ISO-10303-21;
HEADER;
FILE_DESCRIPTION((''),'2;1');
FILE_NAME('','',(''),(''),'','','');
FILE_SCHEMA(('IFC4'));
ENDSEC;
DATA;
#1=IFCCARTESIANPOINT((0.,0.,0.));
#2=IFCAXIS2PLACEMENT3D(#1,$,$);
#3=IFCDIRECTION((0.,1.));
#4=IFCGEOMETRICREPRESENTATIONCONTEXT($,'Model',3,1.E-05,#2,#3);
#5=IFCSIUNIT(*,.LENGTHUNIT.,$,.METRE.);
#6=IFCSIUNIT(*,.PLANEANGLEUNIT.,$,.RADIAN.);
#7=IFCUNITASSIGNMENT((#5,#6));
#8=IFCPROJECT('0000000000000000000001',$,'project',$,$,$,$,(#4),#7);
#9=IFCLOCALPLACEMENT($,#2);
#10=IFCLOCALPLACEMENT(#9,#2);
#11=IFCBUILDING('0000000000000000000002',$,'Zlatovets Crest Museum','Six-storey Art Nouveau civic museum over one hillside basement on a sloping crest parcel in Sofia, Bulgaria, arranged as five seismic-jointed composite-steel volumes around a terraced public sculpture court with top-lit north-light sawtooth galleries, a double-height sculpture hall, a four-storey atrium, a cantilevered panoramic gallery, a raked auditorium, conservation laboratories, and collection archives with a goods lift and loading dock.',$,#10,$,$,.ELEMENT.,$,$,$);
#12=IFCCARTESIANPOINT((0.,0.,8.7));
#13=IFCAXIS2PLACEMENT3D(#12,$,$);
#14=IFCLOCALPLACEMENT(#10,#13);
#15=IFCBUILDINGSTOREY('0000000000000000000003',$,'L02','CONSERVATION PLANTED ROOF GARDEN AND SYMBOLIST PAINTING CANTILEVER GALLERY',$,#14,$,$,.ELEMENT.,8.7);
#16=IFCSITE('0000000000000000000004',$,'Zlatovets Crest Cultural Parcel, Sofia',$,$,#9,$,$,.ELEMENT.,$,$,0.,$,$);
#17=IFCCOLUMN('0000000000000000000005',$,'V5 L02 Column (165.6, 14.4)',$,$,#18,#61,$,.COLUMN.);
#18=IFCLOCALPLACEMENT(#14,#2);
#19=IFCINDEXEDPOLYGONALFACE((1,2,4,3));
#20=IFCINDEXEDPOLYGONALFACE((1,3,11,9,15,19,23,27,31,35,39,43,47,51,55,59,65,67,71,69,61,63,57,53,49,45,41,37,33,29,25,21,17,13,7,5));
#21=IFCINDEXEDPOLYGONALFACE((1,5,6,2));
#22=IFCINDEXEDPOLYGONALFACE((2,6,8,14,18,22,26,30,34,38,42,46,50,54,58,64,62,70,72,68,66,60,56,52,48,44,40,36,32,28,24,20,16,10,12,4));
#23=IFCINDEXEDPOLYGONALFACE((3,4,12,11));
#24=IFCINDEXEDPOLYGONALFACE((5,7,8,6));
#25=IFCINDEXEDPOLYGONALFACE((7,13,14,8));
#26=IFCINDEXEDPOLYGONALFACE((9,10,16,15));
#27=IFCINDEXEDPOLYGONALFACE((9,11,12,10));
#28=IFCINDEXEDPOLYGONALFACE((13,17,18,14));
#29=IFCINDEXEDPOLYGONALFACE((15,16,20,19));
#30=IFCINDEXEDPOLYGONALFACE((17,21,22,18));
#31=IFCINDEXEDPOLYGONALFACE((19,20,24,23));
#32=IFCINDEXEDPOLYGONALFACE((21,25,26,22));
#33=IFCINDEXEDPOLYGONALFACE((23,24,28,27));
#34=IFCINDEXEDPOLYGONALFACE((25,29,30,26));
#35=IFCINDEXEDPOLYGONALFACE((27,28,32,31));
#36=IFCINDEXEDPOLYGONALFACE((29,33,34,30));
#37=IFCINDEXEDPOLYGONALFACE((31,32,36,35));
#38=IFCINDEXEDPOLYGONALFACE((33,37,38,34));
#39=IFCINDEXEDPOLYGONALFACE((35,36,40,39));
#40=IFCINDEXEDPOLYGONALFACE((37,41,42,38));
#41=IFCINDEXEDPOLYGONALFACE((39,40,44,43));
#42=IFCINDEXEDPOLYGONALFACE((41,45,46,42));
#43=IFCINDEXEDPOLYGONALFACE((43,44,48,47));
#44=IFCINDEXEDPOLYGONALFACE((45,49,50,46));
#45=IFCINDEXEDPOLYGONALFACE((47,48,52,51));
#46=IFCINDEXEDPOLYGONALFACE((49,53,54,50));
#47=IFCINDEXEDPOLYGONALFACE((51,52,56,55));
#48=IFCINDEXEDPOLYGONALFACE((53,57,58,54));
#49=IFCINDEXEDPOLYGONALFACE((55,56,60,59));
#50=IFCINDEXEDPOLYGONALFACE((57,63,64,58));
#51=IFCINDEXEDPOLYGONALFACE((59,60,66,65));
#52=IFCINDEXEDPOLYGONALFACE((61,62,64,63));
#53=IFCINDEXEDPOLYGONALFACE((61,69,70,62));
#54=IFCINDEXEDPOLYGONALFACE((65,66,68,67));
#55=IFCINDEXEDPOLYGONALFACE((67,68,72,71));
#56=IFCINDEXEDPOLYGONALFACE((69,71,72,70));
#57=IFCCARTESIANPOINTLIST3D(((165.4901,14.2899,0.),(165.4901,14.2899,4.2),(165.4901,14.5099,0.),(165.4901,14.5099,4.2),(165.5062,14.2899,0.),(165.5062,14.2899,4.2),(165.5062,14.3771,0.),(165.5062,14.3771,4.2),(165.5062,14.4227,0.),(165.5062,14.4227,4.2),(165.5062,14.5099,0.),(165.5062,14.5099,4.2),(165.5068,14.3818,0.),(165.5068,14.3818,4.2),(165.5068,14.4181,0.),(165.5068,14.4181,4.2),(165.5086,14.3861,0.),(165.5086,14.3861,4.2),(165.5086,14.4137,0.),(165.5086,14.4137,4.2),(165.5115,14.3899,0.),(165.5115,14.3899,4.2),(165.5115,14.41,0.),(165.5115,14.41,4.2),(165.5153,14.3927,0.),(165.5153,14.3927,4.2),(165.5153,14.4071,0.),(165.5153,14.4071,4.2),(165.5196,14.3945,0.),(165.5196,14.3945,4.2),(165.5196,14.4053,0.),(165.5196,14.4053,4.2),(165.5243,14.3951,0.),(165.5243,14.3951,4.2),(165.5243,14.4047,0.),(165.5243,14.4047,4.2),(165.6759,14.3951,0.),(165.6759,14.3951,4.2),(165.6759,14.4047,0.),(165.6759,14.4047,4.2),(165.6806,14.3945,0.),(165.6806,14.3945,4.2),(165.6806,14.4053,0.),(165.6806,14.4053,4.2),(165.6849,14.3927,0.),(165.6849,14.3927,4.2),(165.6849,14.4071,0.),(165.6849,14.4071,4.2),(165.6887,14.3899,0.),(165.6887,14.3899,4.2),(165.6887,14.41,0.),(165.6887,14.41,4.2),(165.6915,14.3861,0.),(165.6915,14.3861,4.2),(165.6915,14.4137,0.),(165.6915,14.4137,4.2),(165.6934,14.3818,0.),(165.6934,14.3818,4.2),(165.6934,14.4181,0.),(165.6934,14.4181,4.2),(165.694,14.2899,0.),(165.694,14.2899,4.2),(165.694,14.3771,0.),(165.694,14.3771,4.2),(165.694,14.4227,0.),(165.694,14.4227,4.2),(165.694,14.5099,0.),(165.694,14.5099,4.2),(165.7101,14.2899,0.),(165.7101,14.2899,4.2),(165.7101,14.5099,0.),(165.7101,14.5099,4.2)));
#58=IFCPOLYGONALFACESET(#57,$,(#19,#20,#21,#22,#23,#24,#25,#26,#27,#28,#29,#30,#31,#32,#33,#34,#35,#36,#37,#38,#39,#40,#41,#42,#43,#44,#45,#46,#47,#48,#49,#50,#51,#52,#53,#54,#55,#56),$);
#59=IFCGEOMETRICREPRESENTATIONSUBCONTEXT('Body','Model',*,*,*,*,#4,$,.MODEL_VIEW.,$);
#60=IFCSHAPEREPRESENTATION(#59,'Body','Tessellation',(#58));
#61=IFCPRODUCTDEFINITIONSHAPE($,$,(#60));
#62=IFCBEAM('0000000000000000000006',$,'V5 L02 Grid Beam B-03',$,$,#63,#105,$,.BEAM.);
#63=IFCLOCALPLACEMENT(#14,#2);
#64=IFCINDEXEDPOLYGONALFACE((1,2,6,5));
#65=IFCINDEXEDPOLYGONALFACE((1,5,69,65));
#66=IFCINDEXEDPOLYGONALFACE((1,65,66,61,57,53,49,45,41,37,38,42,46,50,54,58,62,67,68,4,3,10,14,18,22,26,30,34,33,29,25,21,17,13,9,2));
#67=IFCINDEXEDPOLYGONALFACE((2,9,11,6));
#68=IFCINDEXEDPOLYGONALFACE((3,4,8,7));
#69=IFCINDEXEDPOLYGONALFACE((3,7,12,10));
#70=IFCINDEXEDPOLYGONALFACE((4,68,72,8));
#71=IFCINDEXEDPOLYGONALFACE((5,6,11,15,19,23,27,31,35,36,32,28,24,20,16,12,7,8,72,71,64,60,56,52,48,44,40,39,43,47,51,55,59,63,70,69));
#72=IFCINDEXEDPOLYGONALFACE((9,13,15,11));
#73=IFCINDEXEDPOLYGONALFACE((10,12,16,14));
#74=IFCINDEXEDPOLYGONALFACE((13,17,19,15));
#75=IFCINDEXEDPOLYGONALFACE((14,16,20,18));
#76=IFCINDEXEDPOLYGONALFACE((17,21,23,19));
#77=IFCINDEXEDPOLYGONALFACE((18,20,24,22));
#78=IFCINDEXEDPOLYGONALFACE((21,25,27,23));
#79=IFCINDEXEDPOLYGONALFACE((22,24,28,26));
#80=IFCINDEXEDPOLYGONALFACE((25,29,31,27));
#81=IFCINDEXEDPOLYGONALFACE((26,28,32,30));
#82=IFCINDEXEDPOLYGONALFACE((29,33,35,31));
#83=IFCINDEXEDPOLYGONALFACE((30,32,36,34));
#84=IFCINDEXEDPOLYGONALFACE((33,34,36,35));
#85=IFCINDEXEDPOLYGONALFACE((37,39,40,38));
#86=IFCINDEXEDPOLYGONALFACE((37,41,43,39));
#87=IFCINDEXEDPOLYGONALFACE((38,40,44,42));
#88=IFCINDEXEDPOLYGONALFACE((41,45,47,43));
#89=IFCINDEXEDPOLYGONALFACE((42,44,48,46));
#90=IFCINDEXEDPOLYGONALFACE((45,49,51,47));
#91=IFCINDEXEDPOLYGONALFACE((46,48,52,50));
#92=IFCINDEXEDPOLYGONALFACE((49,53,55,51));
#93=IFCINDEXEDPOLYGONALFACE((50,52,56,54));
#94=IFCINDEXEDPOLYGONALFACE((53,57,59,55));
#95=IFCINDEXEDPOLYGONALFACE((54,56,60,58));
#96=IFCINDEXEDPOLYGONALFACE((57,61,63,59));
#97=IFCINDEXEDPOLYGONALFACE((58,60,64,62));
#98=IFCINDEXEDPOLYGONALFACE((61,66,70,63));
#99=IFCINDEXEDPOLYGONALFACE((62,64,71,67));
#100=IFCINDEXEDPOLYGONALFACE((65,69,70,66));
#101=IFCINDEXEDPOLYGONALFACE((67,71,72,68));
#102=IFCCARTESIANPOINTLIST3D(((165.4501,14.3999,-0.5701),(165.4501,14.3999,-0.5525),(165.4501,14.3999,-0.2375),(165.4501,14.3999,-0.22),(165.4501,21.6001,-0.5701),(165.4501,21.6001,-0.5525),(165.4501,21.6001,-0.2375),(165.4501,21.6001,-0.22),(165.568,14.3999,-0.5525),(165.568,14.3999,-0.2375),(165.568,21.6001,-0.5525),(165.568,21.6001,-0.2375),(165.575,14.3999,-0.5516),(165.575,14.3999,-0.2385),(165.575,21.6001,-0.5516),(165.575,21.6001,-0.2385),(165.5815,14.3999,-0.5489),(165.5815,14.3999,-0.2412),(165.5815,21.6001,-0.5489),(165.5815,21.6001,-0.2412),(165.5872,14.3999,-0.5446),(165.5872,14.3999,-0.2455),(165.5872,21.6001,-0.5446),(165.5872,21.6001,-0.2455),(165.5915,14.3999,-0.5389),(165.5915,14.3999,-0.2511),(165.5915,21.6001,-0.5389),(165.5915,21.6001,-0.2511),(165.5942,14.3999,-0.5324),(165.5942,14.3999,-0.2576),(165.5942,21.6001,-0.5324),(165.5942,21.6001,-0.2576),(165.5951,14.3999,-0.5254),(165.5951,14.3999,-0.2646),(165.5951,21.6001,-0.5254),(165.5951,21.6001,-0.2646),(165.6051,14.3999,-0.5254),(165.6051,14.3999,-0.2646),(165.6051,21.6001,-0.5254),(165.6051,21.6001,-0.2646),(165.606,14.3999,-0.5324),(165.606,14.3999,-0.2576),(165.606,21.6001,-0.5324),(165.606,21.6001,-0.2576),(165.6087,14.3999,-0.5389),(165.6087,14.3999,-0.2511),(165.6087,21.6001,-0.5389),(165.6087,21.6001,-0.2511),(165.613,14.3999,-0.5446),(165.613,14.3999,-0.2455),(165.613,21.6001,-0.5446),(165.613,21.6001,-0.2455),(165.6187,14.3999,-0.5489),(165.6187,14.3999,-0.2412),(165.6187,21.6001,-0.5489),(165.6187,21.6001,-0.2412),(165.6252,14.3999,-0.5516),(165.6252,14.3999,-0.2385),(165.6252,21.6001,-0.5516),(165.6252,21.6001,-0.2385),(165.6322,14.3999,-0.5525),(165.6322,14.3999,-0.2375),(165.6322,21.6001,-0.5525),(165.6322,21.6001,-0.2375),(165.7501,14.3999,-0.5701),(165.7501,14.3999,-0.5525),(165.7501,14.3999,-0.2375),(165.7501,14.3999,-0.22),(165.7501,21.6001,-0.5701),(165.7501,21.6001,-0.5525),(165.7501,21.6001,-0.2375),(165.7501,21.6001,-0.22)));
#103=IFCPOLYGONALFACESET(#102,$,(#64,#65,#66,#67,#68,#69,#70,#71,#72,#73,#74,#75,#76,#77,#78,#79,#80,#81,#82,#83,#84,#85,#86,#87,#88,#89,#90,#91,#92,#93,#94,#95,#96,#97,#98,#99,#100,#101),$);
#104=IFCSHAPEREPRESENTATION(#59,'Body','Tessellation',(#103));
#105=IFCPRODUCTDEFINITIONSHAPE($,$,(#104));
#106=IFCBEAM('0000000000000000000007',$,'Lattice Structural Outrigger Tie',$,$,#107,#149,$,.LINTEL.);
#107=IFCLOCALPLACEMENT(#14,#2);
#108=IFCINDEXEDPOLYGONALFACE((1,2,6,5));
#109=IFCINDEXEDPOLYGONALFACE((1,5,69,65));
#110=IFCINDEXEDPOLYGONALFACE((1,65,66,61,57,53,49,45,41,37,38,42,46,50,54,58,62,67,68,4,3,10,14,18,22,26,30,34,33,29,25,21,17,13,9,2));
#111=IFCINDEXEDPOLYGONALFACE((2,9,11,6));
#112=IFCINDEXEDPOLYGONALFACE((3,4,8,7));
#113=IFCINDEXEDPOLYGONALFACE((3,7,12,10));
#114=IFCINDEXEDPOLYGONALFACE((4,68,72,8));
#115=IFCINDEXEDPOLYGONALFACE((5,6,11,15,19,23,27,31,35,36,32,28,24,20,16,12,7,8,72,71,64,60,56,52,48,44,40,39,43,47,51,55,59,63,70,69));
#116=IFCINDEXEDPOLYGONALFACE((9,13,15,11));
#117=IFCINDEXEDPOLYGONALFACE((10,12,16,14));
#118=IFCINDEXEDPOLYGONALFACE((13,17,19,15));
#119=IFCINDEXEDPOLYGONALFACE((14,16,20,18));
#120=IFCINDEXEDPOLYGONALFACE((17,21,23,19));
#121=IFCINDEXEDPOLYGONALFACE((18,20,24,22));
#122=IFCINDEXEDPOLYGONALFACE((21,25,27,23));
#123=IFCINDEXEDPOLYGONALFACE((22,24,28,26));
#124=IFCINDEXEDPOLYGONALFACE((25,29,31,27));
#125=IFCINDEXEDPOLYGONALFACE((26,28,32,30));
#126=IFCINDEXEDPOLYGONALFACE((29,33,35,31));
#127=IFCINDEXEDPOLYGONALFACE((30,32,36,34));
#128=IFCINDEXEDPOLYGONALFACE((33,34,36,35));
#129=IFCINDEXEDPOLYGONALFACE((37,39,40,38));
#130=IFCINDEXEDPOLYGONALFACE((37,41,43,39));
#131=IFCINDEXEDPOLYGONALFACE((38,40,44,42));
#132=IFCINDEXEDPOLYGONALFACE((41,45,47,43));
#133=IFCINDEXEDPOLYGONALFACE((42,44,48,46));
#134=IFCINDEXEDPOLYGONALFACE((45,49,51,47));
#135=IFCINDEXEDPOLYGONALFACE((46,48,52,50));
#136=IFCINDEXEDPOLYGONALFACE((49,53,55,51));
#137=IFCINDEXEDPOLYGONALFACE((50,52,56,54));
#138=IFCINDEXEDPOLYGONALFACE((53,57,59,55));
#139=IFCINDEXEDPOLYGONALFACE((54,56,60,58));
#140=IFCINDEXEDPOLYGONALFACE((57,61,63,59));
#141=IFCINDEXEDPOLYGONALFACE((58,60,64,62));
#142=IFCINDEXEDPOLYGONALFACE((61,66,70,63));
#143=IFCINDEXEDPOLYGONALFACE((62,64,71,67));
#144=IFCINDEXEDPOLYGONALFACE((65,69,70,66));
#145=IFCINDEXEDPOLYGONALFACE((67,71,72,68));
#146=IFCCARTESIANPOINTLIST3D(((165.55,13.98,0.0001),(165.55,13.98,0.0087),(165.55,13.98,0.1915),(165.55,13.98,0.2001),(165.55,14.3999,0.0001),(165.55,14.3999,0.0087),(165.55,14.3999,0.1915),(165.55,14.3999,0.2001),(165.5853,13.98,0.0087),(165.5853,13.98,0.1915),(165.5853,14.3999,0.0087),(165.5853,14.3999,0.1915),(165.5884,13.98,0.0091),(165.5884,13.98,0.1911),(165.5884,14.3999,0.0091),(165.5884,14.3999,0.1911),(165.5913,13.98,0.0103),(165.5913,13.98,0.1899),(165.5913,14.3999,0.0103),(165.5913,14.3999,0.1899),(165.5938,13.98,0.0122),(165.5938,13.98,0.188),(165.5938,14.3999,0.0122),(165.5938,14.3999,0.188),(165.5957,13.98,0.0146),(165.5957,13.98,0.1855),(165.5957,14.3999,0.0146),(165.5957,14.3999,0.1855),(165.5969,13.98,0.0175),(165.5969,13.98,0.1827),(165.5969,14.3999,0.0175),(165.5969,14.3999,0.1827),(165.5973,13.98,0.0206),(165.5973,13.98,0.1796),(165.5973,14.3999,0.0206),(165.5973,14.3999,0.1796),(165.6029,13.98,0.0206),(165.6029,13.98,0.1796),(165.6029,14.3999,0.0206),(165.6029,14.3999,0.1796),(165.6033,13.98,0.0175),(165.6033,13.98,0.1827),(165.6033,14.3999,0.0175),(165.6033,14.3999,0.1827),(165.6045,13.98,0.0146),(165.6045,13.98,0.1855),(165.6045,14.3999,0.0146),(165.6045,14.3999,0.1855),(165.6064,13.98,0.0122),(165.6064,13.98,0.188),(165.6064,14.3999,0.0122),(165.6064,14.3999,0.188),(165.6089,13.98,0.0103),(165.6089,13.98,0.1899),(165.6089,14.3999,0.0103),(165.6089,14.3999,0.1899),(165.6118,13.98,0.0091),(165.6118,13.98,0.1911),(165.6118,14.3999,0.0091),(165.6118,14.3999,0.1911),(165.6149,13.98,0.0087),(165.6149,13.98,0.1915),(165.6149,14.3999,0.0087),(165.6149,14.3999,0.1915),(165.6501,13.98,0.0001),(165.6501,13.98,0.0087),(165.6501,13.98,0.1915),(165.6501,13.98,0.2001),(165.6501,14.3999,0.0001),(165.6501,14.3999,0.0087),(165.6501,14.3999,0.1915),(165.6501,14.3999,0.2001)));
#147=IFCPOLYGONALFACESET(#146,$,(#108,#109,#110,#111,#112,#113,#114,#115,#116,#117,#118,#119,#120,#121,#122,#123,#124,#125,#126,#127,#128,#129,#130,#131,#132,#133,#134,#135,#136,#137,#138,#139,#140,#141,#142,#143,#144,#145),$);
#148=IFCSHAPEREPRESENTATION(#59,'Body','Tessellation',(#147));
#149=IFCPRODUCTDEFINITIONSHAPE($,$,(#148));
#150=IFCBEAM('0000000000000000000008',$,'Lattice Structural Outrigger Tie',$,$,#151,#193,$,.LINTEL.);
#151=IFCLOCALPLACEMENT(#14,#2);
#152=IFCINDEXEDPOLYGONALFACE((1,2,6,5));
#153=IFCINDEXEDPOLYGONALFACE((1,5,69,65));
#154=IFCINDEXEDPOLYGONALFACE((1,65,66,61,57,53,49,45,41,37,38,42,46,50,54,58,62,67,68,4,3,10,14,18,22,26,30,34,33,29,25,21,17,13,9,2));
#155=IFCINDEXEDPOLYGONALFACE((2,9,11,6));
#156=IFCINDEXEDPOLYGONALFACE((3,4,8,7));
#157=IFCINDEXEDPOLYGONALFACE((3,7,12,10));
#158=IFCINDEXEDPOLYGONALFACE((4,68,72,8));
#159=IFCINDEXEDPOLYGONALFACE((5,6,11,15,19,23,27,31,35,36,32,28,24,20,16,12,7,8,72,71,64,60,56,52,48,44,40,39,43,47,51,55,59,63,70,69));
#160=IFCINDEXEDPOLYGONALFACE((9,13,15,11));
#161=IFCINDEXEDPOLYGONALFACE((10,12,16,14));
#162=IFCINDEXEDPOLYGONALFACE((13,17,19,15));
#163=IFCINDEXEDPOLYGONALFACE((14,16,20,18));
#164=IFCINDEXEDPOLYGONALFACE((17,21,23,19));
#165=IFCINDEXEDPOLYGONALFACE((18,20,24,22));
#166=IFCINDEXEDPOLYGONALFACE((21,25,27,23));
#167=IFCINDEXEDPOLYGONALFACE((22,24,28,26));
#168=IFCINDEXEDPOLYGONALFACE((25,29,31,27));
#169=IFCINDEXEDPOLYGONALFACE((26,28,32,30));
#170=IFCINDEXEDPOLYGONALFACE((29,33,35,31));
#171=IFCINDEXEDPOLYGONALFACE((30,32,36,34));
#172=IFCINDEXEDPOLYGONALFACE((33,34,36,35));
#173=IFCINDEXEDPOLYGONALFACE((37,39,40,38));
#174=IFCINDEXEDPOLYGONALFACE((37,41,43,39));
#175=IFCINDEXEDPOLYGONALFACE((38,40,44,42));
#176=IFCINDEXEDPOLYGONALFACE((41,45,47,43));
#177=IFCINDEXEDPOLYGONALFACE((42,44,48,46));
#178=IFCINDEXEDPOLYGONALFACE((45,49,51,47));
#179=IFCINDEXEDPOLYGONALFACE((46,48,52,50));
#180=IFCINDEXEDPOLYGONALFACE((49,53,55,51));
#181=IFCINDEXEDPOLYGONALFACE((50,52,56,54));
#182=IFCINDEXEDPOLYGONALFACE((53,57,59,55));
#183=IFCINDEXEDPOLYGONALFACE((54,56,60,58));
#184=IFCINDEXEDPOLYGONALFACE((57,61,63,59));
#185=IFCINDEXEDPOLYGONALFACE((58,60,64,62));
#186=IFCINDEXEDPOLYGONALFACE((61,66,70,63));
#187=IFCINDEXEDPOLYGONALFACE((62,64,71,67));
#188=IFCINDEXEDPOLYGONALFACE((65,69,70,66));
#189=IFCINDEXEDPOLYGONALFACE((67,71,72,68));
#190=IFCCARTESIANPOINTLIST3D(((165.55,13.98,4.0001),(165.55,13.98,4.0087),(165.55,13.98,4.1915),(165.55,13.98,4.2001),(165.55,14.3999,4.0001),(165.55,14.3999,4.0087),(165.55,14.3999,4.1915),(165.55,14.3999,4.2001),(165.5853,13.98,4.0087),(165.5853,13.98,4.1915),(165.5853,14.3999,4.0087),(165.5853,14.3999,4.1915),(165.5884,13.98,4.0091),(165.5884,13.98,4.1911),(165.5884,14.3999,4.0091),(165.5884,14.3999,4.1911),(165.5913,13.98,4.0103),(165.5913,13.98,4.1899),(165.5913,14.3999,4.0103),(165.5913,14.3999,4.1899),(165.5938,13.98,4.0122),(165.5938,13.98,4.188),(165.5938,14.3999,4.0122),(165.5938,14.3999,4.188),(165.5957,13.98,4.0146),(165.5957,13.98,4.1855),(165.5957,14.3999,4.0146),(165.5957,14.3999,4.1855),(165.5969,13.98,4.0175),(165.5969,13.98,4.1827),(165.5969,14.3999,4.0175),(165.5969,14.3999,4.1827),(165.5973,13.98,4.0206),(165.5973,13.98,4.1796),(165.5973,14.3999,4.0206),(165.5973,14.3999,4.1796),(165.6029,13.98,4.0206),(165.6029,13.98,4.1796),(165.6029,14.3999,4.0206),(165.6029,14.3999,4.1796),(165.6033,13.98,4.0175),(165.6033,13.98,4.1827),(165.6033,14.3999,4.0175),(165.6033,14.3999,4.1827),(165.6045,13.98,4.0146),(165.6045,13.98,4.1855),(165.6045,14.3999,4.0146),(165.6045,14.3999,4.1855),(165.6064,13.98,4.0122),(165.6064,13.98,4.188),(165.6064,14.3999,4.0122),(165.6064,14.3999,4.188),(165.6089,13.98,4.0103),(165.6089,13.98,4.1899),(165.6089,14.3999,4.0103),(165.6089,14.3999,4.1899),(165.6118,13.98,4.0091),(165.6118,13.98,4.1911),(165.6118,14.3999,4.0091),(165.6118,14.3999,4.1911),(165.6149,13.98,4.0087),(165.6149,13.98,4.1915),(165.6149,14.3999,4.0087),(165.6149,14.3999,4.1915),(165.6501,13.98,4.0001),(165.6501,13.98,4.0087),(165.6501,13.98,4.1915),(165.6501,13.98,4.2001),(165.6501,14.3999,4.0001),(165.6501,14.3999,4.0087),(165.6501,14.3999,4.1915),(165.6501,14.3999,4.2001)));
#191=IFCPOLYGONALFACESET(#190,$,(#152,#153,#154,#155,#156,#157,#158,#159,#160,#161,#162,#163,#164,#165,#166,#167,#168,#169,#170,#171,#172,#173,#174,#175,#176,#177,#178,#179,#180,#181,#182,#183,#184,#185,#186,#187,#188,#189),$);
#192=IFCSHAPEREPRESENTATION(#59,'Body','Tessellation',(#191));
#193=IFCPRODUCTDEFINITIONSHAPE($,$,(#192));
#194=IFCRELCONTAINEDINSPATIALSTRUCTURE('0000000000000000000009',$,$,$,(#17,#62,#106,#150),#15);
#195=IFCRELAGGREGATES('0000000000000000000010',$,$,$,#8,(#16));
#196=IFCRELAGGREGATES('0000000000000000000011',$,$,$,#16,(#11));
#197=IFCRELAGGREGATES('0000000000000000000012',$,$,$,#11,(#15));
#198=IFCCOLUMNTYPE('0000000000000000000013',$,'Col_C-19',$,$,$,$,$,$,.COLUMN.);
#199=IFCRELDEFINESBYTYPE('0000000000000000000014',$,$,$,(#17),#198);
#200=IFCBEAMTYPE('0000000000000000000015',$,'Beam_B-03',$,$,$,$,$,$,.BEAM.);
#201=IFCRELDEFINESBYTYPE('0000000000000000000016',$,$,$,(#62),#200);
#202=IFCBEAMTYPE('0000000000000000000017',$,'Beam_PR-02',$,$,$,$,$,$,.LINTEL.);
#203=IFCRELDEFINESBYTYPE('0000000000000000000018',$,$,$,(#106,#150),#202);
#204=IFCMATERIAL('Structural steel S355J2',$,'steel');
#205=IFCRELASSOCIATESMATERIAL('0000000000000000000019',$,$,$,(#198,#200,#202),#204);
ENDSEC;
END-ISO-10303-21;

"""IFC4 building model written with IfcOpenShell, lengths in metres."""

from ifc_helpers import new_model, si_unit, direction, frame, origin, origin_2d, place, context, subcontext, project, spatial, i_section, extrude, material, material_profile, profile_set, type_object, element, save


model = new_model("IFC4")

# Units and contexts
model_context = context("Model", 3, precision=1e-05, world=origin(), true_north=direction((0.0, 1.0)))
body_context = subcontext(model_context, "Body", "Model", "MODEL_VIEW")
ifc_project = project(units=[si_unit("LENGTHUNIT", "METRE"), si_unit("PLANEANGLEUNIT", "RADIAN")], contexts=[model_context])

# Site, building, storey
site_placement = place(None, origin())
site = spatial("IfcSite", under=ifc_project, at=site_placement, Name="Zlatovets Crest Cultural Parcel, Sofia", CompositionType="ELEMENT", RefElevation=0.0)
building_placement = place(site_placement, origin())
building = spatial("IfcBuilding", under=site, at=building_placement, Name="Zlatovets Crest Museum", Description="Six-storey Art Nouveau civic museum over one hillside basement on a sloping crest parcel in Sofia, Bulgaria, arranged as five seismic-jointed composite-steel volumes around a terraced public sculpture court with top-lit north-light sawtooth galleries, a double-height sculpture hall, a four-storey atrium, a cantilevered panoramic gallery, a raked auditorium, conservation laboratories, and collection archives with a goods lift and loading dock.", CompositionType="ELEMENT")
storey_placement = place(building_placement, frame((0.0, 0.0, 8.7)))
storey = spatial("IfcBuildingStorey", under=building, at=storey_placement, Name="L02", Description="CONSERVATION PLANTED ROOF GARDEN AND SYMBOLIST PAINTING CANTILEVER GALLERY", CompositionType="ELEMENT", Elevation=8.7)

# Column
ifc_material_1 = material(Name="Structural steel S355J2", Category="steel")
ifc_material_profile_1 = material_profile(ifc_material_1, i_section(OverallWidth=0.22, OverallDepth=0.22, WebThickness=0.0095, FlangeThickness=0.0161, FilletRadius=0.0181, at=origin_2d()), Name="HEB 220")
ifc_profile_set_1 = profile_set([ifc_material_profile_1], Name="Structural steel S355J2")
column_type = type_object("IfcColumnType", Name="Col_C-19", PredefinedType="COLUMN", material=ifc_profile_set_1)
column_placement = place(storey_placement, frame((165.6001, 14.3999, 0.0), z_axis=(0.0, 0.0, 1.0), x_axis=(0.0, 1.0, 0.0)))
element("IfcColumn", 1, at=column_placement, inside=storey, type_object=column_type, Name="V5 L02 Column (165.6, 14.4)", PredefinedType="COLUMN", context=body_context, shape_type="SweptSolid", body=[
    extrude(i_section(OverallWidth=0.22, OverallDepth=0.22, WebThickness=0.0095, FlangeThickness=0.0161, FilletRadius=0.0181, at=origin_2d()), origin(), (0.0, 0.0, 1.0), 4.2),
])

# Beams
ifc_material_profile_2 = material_profile(ifc_material_1, i_section(OverallWidth=0.3, OverallDepth=0.3501, WebThickness=0.01, FlangeThickness=0.0176, FilletRadius=0.0271, at=origin_2d()), Name="HEA 360")
ifc_profile_set_2 = profile_set([ifc_material_profile_2], Name="Structural steel S355J2")
beam_type_1 = type_object("IfcBeamType", Name="Beam_B-03", PredefinedType="BEAM", material=ifc_profile_set_2)
beam_placement = place(storey_placement, frame((165.6001, 14.3999, -0.395), z_axis=(0.0, 1.0, 0.0), x_axis=(-1.0, 0.0, 0.0)))
element("IfcBeam", 2, at=beam_placement, inside=storey, type_object=beam_type_1, Name="V5 L02 Grid Beam B-03", PredefinedType="BEAM", context=body_context, shape_type="SweptSolid", body=[
    extrude(i_section(OverallWidth=0.3, OverallDepth=0.3501, WebThickness=0.01, FlangeThickness=0.0176, FilletRadius=0.0271, at=origin_2d()), origin(), (0.0, 0.0, 1.0), 7.2002),
])
ifc_material_profile_3 = material_profile(ifc_material_1, i_section(OverallWidth=0.1001, OverallDepth=0.2, WebThickness=0.0056, FlangeThickness=0.0085, FilletRadius=0.012, at=origin_2d()), Name="IPE 200")
ifc_profile_set_3 = profile_set([ifc_material_profile_3], Name="Structural steel S355J2")
beam_type_2 = type_object("IfcBeamType", Name="Beam_PR-02", PredefinedType="LINTEL", material=ifc_profile_set_3)
for number, where, z_axis, x_axis, name in (
    (3, (165.6001, 14.3999, 0.1001), (0.0, -1.0, 0.0), (1.0, 0.0, 0.0), "Lattice Structural Outrigger Tie"),
    (4, (165.6001, 14.3999, 4.1001), (0.0, -1.0, 0.0), (1.0, 0.0, 0.0), "Lattice Structural Outrigger Tie"),
):
    element("IfcBeam", number, at=place(storey_placement, frame(where, z_axis=z_axis, x_axis=x_axis)), inside=storey, type_object=beam_type_2, Name=name, PredefinedType="LINTEL", context=body_context, shape_type="SweptSolid", body=[
        extrude(i_section(OverallWidth=0.1001, OverallDepth=0.2, WebThickness=0.0056, FlangeThickness=0.0085, FilletRadius=0.012, at=origin_2d()), origin(), (0.0, 0.0, 1.0), 0.4199),
    ])

save(model, "model.ifc")
